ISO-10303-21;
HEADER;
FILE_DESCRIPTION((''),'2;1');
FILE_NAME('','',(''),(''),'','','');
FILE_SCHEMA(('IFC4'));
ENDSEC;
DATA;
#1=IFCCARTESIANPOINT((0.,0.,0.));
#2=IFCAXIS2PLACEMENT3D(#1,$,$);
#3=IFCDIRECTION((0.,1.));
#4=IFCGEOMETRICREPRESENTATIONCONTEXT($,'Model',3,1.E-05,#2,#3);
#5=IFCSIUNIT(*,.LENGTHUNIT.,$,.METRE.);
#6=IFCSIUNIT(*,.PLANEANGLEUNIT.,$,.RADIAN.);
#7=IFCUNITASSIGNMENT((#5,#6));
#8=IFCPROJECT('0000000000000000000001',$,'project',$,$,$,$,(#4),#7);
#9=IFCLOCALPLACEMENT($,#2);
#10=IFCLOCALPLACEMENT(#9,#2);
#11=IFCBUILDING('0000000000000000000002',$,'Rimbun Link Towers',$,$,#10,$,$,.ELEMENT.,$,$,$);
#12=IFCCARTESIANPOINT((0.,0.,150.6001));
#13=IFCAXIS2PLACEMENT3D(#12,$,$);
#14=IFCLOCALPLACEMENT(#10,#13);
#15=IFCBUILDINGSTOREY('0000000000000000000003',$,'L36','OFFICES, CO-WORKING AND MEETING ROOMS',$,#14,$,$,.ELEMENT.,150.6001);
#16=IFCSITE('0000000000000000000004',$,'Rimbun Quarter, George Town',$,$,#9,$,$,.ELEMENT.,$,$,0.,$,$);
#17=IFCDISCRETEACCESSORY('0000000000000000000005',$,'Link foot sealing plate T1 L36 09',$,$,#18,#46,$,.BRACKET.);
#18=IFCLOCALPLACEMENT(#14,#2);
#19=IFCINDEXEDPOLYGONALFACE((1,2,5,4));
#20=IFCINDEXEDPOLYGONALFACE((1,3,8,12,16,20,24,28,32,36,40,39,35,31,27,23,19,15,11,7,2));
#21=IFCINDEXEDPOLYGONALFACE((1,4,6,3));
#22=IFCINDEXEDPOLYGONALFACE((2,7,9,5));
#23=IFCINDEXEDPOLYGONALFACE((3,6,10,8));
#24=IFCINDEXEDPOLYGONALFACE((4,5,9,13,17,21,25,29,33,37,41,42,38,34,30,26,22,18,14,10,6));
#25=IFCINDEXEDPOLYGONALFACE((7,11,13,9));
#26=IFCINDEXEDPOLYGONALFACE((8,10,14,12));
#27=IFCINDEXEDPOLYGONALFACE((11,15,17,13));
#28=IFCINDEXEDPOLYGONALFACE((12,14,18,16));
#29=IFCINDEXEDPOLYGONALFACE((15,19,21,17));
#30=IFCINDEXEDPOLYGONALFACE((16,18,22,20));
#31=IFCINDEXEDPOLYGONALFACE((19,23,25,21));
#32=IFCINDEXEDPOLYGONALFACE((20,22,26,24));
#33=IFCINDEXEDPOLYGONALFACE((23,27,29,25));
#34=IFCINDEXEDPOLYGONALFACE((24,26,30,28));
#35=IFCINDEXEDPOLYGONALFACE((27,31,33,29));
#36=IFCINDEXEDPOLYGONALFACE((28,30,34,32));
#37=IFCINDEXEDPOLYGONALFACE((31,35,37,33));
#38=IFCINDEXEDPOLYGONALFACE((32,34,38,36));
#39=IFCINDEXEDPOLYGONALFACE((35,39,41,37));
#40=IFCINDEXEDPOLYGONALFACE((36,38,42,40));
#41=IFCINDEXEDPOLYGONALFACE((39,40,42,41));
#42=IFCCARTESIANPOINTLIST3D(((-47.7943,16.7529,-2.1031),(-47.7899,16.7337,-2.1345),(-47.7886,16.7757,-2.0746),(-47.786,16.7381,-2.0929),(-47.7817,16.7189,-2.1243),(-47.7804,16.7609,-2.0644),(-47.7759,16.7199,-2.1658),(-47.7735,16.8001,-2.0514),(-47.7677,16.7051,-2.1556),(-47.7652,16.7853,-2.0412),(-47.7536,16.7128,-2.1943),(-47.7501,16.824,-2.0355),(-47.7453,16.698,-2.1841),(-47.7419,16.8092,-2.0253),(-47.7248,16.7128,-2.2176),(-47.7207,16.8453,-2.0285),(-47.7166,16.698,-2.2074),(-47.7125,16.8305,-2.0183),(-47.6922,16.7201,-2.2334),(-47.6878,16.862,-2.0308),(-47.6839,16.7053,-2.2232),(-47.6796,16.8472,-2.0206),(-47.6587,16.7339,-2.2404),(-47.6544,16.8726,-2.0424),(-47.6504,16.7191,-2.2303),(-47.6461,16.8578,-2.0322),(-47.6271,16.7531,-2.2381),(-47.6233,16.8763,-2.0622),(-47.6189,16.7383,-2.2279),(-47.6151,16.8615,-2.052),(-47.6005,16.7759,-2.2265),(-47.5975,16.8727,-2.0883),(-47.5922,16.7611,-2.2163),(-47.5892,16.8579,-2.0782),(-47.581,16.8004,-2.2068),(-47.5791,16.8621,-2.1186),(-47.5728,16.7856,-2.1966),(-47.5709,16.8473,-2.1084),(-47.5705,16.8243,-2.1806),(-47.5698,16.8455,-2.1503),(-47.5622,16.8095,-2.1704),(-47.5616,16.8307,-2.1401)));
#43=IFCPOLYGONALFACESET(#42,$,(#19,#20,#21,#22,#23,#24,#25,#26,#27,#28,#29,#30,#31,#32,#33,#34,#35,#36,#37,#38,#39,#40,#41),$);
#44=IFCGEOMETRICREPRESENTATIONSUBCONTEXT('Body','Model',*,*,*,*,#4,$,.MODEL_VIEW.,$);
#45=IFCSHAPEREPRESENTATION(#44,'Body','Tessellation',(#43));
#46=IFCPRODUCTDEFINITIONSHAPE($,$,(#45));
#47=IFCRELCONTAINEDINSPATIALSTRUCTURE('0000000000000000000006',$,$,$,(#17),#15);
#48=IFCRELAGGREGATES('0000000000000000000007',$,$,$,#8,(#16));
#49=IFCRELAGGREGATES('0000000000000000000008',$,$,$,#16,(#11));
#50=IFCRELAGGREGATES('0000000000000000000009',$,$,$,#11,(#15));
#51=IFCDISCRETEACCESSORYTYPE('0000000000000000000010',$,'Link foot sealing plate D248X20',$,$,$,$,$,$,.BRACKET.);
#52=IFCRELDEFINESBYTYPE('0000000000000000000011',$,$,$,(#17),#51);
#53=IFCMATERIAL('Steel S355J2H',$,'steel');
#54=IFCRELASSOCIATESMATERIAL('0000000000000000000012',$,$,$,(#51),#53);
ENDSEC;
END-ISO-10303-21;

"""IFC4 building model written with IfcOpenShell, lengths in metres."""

from ifc_helpers import new_model, si_unit, direction, frame, origin, origin_2d, place, context, subcontext, project, spatial, circle, extrude, material, material_profile, profile_set, type_object, element, save


model = new_model("IFC4")

# Units and contexts
model_context = context("Model", 3, precision=1e-05, world=origin(), true_north=direction((0.0, 1.0)))
body_context = subcontext(model_context, "Body", "Model", "MODEL_VIEW")
ifc_project = project(units=[si_unit("LENGTHUNIT", "METRE"), si_unit("PLANEANGLEUNIT", "RADIAN")], contexts=[model_context])

# Site, building, storey
site_placement = place(None, origin())
site = spatial("IfcSite", under=ifc_project, at=site_placement, Name="Rimbun Quarter, George Town", CompositionType="ELEMENT", RefElevation=0.0)
building_placement = place(site_placement, origin())
building = spatial("IfcBuilding", under=site, at=building_placement, Name="Rimbun Link Towers", CompositionType="ELEMENT")
storey_placement = place(building_placement, frame((0.0, 0.0, 150.6001)))
storey = spatial("IfcBuildingStorey", under=building, at=storey_placement, Name="L36", Description="OFFICES, CO-WORKING AND MEETING ROOMS", CompositionType="ELEMENT", Elevation=150.6001)

# Discrete accessory
ifc_material_1 = material(Name="Steel S355J2H", Category="steel")
ifc_material_profile_1 = material_profile(ifc_material_1, circle(Radius=0.124, at=origin_2d()), Name="PL D248")
ifc_profile_set_1 = profile_set([ifc_material_profile_1], Name="Steel S355J2H")
discrete_accessory_type = type_object("IfcDiscreteAccessoryType", Name="Link foot sealing plate D248X20", PredefinedType="BRACKET", material=ifc_profile_set_1)
discrete_accessory_placement = place(storey_placement, frame((-47.6733, 16.7793, -2.1243), z_axis=(-0.417217, 0.748537, -0.515386), x_axis=(-0.873481, -0.486858, 0.0)))
element("IfcDiscreteAccessory", 1, at=discrete_accessory_placement, inside=storey, type_object=discrete_accessory_type, Name="Link foot sealing plate T1 L36 09", PredefinedType="BRACKET", context=body_context, shape_type="SweptSolid", body=[
    extrude(circle(Radius=0.124, at=origin_2d()), origin(), (0.0, 0.0, 1.0), 0.0198),
])

save(model, "model.ifc")
